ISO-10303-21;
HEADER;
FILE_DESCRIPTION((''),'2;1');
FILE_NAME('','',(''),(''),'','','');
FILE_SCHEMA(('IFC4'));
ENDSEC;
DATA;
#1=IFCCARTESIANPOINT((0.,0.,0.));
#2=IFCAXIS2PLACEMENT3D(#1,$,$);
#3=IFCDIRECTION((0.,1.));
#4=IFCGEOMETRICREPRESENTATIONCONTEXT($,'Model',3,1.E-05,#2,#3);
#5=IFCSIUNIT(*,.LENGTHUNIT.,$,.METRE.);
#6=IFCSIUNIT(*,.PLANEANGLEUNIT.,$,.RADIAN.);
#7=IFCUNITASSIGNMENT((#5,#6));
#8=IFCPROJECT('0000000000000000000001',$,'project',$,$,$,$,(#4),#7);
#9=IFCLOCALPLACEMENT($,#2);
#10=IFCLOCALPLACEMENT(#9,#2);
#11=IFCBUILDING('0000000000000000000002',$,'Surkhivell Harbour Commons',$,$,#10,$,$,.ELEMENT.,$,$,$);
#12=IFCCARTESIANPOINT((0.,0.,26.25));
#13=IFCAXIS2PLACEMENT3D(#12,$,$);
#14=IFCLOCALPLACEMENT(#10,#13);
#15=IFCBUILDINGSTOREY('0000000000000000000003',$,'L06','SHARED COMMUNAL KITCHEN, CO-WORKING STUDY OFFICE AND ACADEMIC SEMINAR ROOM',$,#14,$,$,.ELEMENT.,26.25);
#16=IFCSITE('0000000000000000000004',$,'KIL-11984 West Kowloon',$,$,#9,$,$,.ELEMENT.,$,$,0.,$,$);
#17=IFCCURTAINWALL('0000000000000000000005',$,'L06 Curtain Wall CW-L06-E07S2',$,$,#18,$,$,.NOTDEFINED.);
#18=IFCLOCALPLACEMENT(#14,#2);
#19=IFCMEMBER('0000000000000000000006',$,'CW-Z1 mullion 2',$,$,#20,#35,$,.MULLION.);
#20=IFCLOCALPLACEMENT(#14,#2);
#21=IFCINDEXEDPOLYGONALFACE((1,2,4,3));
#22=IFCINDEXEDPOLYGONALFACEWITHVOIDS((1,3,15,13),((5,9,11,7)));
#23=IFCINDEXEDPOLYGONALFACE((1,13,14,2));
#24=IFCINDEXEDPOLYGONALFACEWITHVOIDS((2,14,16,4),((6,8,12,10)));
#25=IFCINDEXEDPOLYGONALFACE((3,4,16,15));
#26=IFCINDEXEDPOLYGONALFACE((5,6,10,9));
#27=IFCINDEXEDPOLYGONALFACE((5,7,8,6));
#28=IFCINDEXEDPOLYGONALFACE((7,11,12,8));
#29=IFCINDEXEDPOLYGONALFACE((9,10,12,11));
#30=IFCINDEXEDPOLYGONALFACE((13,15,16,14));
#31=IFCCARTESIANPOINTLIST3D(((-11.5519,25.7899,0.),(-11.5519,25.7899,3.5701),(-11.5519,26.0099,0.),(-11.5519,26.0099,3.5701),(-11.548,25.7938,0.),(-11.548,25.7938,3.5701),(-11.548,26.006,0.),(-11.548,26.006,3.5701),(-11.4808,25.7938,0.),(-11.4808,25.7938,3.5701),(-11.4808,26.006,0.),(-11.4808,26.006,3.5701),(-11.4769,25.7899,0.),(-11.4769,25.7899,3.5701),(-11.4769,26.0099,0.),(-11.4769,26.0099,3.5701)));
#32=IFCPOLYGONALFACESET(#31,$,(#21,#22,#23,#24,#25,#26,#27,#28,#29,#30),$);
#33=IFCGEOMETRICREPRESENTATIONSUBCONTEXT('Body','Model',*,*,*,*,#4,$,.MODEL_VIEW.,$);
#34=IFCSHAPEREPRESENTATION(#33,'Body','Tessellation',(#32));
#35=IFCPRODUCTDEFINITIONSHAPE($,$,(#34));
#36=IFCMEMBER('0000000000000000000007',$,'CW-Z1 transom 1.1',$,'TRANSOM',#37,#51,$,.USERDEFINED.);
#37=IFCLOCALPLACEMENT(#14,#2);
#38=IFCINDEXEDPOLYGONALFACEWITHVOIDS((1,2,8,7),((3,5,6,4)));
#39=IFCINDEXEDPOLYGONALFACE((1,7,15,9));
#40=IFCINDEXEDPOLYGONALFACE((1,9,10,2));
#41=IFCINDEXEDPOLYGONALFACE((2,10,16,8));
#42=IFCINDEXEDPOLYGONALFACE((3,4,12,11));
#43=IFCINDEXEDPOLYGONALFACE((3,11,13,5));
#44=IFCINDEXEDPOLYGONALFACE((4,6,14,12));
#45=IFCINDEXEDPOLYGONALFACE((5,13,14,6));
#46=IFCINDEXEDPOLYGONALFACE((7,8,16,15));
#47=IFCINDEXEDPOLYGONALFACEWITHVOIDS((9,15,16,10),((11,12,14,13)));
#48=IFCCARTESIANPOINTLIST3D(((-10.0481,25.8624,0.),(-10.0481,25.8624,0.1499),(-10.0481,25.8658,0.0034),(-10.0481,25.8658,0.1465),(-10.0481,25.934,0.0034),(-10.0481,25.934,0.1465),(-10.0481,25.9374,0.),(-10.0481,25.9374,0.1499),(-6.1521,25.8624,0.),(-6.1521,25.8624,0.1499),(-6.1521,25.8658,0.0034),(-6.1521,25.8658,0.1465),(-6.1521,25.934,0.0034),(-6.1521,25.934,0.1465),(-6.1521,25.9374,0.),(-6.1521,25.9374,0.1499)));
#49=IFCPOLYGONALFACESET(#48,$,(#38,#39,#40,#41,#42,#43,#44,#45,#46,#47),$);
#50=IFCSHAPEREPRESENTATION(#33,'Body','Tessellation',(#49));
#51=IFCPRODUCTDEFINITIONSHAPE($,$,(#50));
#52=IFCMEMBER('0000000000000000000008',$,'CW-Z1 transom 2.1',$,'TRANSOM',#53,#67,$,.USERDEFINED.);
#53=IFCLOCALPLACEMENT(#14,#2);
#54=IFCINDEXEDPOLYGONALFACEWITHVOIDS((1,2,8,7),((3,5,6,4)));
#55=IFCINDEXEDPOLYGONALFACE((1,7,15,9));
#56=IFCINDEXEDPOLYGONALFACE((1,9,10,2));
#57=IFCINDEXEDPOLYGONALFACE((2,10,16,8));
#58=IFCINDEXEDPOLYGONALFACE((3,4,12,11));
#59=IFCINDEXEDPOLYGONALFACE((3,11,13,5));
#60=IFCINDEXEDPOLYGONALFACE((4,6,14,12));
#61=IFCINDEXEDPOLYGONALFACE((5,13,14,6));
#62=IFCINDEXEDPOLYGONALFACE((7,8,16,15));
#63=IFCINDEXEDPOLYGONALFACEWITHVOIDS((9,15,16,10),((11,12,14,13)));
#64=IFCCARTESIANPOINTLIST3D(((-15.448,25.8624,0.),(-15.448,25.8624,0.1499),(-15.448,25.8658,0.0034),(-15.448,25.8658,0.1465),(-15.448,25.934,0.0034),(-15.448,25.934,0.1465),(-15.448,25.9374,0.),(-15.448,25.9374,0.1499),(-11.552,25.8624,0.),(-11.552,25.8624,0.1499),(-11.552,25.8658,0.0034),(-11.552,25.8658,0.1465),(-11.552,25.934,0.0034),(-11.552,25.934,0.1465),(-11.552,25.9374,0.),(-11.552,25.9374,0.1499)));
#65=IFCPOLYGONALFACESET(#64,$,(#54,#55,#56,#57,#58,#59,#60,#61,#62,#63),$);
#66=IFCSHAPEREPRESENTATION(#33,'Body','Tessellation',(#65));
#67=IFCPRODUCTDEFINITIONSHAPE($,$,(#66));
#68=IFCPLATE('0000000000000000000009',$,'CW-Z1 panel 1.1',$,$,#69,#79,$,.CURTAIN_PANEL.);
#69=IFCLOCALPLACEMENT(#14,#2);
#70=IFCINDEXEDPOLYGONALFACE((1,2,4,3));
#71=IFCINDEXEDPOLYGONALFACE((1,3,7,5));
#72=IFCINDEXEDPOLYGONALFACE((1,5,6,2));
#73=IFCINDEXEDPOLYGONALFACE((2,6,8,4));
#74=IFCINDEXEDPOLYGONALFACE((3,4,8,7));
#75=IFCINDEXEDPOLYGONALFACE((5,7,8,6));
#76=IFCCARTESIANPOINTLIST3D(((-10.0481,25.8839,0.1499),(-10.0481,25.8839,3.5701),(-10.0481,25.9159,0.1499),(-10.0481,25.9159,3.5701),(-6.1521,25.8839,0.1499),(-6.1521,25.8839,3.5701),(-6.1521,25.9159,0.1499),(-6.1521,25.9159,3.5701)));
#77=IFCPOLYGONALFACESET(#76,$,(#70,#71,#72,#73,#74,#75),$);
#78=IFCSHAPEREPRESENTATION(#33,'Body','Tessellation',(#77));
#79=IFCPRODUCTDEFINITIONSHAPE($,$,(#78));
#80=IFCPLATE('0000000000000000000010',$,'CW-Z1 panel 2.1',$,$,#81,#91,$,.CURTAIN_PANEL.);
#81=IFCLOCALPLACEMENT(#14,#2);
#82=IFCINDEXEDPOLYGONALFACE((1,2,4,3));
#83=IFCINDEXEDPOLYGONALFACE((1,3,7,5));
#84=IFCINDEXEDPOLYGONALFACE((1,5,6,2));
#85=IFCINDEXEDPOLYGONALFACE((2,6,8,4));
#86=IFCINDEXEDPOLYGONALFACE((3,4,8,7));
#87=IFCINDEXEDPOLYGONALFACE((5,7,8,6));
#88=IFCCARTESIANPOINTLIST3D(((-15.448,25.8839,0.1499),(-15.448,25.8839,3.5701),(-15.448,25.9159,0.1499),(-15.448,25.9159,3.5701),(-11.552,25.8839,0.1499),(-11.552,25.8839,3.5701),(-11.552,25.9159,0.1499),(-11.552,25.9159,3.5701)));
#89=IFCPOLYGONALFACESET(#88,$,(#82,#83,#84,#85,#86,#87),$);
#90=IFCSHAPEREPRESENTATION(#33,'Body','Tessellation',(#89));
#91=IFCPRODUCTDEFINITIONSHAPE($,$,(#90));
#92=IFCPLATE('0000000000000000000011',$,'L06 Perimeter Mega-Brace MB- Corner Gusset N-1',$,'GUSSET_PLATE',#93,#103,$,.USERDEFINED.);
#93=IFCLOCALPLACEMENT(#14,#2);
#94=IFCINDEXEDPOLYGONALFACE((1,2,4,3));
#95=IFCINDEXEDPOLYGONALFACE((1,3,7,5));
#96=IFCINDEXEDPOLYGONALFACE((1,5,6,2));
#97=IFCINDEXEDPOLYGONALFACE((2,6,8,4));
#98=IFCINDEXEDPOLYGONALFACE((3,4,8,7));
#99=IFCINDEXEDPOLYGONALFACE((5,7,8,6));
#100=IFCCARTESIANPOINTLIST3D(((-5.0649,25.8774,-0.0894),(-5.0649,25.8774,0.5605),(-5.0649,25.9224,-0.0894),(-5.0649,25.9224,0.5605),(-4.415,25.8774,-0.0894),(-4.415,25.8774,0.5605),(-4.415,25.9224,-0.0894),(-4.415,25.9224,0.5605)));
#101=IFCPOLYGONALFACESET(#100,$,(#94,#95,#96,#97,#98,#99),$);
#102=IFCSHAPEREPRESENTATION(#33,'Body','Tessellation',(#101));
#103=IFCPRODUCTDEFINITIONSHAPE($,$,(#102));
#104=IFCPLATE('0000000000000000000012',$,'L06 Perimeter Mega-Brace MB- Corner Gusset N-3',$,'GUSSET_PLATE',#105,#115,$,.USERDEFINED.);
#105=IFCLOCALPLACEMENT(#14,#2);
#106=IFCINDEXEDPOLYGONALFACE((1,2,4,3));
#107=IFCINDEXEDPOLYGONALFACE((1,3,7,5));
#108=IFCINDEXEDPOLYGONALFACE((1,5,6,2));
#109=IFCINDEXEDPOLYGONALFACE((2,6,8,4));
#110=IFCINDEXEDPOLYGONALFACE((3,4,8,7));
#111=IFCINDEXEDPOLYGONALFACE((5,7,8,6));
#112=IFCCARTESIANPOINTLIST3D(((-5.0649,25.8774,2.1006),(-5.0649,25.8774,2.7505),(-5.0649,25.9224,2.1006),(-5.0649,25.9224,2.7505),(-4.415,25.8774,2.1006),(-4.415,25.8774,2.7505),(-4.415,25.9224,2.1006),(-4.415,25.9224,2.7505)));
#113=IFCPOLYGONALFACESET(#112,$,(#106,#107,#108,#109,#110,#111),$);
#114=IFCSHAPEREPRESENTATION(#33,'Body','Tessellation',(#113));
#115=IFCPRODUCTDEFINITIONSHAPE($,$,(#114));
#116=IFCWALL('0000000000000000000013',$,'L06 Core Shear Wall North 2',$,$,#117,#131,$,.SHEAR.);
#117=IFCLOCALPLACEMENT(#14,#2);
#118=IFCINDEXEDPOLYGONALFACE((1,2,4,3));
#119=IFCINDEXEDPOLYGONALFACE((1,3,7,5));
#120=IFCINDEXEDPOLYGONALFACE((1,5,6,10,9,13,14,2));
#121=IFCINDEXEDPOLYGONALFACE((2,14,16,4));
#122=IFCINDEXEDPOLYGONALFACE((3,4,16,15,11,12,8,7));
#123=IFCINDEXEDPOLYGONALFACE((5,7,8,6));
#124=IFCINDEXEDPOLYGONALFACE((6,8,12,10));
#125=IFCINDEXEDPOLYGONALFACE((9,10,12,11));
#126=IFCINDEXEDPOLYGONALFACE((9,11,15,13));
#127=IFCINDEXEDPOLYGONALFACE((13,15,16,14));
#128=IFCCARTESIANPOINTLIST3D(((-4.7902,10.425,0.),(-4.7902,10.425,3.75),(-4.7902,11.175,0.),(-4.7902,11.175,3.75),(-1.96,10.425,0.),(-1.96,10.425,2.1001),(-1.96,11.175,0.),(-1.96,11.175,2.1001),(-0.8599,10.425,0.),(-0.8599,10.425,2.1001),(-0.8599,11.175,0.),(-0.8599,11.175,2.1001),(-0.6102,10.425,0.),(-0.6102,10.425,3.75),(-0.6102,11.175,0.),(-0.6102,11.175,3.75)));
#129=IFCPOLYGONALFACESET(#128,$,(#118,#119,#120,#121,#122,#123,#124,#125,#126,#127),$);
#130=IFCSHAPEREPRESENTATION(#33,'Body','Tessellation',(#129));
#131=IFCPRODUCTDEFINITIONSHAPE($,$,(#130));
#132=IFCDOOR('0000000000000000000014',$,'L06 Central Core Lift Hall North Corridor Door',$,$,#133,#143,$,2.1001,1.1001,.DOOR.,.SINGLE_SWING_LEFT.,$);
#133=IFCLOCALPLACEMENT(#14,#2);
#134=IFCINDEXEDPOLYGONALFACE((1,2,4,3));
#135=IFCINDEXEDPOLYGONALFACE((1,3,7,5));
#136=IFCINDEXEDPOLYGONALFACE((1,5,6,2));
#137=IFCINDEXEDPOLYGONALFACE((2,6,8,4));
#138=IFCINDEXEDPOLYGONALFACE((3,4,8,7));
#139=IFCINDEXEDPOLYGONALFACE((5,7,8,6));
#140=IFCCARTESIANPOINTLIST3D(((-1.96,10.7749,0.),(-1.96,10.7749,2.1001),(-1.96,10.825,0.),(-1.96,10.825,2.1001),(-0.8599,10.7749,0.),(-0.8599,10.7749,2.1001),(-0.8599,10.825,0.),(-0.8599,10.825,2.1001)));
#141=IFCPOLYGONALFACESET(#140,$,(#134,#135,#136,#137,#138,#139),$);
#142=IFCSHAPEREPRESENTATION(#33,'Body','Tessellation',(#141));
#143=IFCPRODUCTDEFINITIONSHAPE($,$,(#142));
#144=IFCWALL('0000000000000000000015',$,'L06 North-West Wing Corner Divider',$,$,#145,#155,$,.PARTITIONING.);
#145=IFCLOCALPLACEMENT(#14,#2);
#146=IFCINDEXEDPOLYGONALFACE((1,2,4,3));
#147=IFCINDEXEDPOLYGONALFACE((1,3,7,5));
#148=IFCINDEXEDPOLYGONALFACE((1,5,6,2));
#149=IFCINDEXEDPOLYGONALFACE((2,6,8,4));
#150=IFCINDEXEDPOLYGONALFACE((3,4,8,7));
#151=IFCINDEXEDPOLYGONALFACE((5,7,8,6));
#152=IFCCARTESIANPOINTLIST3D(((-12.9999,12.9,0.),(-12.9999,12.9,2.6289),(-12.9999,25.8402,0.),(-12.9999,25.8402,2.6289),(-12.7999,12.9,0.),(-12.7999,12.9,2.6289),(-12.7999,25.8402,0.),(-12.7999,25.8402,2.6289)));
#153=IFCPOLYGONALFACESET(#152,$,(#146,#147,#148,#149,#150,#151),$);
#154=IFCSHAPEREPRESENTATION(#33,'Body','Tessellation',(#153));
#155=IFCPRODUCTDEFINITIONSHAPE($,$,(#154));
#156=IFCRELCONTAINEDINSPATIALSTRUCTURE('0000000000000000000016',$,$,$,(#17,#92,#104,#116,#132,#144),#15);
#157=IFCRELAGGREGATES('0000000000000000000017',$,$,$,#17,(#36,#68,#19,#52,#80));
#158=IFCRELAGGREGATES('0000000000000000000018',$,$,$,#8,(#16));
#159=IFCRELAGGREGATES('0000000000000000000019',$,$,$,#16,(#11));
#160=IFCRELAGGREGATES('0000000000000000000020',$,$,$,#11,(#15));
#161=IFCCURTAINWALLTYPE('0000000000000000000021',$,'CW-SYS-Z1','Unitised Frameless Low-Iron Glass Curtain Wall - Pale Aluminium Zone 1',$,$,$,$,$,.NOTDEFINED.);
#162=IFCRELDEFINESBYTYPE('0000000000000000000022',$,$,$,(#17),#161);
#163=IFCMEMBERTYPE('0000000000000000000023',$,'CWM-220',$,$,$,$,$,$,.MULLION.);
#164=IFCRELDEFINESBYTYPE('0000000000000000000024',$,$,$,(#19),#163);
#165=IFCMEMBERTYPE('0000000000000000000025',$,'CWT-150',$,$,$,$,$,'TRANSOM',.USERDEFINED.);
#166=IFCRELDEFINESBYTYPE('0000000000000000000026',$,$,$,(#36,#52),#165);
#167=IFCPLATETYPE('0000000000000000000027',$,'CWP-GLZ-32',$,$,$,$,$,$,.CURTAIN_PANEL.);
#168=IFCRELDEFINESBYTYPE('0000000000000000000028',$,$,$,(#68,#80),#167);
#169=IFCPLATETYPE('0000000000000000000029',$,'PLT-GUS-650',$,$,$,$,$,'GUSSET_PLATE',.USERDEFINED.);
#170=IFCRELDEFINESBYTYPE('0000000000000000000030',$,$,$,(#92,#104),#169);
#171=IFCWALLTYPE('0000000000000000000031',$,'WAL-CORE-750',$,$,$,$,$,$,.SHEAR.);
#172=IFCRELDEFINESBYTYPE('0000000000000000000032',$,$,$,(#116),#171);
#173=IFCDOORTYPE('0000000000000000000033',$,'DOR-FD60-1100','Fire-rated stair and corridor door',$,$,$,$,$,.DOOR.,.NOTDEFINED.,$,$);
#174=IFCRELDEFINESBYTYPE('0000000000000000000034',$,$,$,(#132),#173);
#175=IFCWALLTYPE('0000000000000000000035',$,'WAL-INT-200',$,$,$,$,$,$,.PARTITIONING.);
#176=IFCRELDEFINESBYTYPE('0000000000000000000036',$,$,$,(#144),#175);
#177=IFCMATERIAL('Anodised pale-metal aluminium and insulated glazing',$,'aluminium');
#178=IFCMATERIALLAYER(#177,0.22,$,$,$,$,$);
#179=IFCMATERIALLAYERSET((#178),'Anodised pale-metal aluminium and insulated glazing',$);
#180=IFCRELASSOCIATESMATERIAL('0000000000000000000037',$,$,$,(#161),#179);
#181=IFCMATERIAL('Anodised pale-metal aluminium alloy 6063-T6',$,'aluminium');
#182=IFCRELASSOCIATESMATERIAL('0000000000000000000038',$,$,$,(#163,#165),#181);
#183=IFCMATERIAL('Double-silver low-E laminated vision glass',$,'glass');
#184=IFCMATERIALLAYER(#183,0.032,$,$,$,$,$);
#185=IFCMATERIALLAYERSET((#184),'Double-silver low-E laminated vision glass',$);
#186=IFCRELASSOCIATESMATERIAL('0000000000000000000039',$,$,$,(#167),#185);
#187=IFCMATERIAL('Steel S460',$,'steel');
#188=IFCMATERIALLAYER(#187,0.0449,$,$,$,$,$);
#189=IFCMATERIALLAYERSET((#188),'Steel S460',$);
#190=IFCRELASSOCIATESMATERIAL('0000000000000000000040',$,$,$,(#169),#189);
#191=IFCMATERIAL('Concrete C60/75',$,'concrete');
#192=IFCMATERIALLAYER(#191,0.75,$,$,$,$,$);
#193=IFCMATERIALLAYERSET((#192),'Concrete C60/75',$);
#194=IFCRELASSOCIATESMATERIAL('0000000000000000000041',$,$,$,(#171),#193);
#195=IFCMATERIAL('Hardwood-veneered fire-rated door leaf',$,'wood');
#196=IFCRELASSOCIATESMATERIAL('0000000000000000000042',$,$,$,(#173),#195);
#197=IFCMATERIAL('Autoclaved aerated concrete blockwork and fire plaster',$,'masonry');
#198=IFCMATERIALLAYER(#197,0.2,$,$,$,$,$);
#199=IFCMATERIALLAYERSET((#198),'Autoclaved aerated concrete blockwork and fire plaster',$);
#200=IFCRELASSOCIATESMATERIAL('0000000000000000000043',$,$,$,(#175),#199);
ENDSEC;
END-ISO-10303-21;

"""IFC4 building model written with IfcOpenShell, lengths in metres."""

from ifc_helpers import new_model, si_unit, direction, frame, frame_2d, origin, origin_2d, place, context, subcontext, project, spatial, rectangle, hollow_rectangle, extrude, material, layer, layer_set, material_profile, profile_set, type_object, element, fill, aggregate, save


model = new_model("IFC4")

# Units and contexts
model_context = context("Model", 3, precision=1e-05, world=origin(), true_north=direction((0.0, 1.0)))
body_context = subcontext(model_context, "Body", "Model", "MODEL_VIEW")
ifc_project = project(units=[si_unit("LENGTHUNIT", "METRE"), si_unit("PLANEANGLEUNIT", "RADIAN")], contexts=[model_context])

# Site, building, storey
site_placement = place(None, origin())
site = spatial("IfcSite", under=ifc_project, at=site_placement, Name="KIL-11984 West Kowloon", CompositionType="ELEMENT", RefElevation=0.0)
building_placement = place(site_placement, origin())
building = spatial("IfcBuilding", under=site, at=building_placement, Name="Surkhivell Harbour Commons", CompositionType="ELEMENT")
storey_placement = place(building_placement, frame((0.0, 0.0, 26.25)))
storey = spatial("IfcBuildingStorey", under=building, at=storey_placement, Name="L06", Description="SHARED COMMUNAL KITCHEN, CO-WORKING STUDY OFFICE AND ACADEMIC SEMINAR ROOM", CompositionType="ELEMENT", Elevation=26.25)

# Shared definitions
ifc_material_1 = material(Name="Steel S460", Category="steel")

# Curtain wall, members, plates
ifc_material_2 = material(Name="Anodised pale-metal aluminium and insulated glazing", Category="aluminium")
ifc_layer_1 = layer(ifc_material_2, 0.22)
ifc_layer_set_1 = layer_set([ifc_layer_1], Name="Anodised pale-metal aluminium and insulated glazing")
curtain_wall_type = type_object("IfcCurtainWallType", Name="CW-SYS-Z1", Description="Unitised Frameless Low-Iron Glass Curtain Wall - Pale Aluminium Zone 1", PredefinedType="NOTDEFINED", material=ifc_layer_set_1)
curtain_wall_placement = place(storey_placement, origin())
curtain_wall = element("IfcCurtainWall", 1, at=curtain_wall_placement, inside=storey, type_object=curtain_wall_type, Name="L06 Curtain Wall CW-L06-E07S2", PredefinedType="NOTDEFINED")
ifc_material_3 = material(Name="Anodised pale-metal aluminium alloy 6063-T6", Category="aluminium")
ifc_material_profile_1 = material_profile(ifc_material_3, hollow_rectangle(XDim=0.075, YDim=0.22, WallThickness=0.0039, at=origin_2d()), Name="ALU-MULL-75x220")
ifc_profile_set_1 = profile_set([ifc_material_profile_1], Name="Anodised pale-metal aluminium alloy 6063-T6")
member_type_1 = type_object("IfcMemberType", Name="CWM-220", PredefinedType="MULLION", material=ifc_profile_set_1)
member_1_placement = place(storey_placement, frame((-11.5144, 25.8999, 0.0), z_axis=(0.0, 0.0, 1.0), x_axis=(-1.0, 0.0, 0.0)))
member_1 = element("IfcMember", 2, at=member_1_placement, type_object=member_type_1, Name="CW-Z1 mullion 2", PredefinedType="MULLION", context=body_context, shape_type="SweptSolid", body=[
    extrude(hollow_rectangle(XDim=0.075, YDim=0.22, WallThickness=0.0039, at=origin_2d()), origin(), (0.0, 0.0, 1.0), 3.5701),
])
ifc_material_profile_2 = material_profile(ifc_material_3, hollow_rectangle(XDim=0.075, YDim=0.1499, WallThickness=0.0034, at=origin_2d()), Name="ALU-TRAN-75x150")
ifc_profile_set_2 = profile_set([ifc_material_profile_2], Name="Anodised pale-metal aluminium alloy 6063-T6")
member_type_2 = type_object("IfcMemberType", Name="CWT-150", ElementType="TRANSOM", PredefinedType="USERDEFINED", material=ifc_profile_set_2)
member_2_placement = place(storey_placement, frame((-6.1521, 25.8999, 0.075), z_axis=(-1.0, 0.0, 0.0), x_axis=(0.0, -1.0, 0.0)))
member_2 = element("IfcMember", 3, at=member_2_placement, type_object=member_type_2, Name="CW-Z1 transom 1.1", ObjectType="TRANSOM", PredefinedType="USERDEFINED", context=body_context, shape_type="SweptSolid", body=[
    extrude(hollow_rectangle(XDim=0.075, YDim=0.1499, WallThickness=0.0034, at=origin_2d()), origin(), (0.0, 0.0, 1.0), 3.896),
])
member_3_placement = place(storey_placement, frame((-11.552, 25.8999, 0.075), z_axis=(-1.0, 0.0, 0.0), x_axis=(0.0, -1.0, 0.0)))
member_3 = element("IfcMember", 4, at=member_3_placement, type_object=member_type_2, Name="CW-Z1 transom 2.1", ObjectType="TRANSOM", PredefinedType="USERDEFINED", context=body_context, shape_type="SweptSolid", body=[
    extrude(hollow_rectangle(XDim=0.075, YDim=0.1499, WallThickness=0.0034, at=origin_2d()), origin(), (0.0, 0.0, 1.0), 3.896),
])
ifc_material_4 = material(Name="Double-silver low-E laminated vision glass", Category="glass")
ifc_layer_2 = layer(ifc_material_4, 0.032)
ifc_layer_set_2 = layer_set([ifc_layer_2], Name="Double-silver low-E laminated vision glass")
plate_type_1 = type_object("IfcPlateType", Name="CWP-GLZ-32", PredefinedType="CURTAIN_PANEL", material=ifc_layer_set_2)
plate_1_placement = place(storey_placement, frame((-6.1521, 25.8999, 0.1499), z_axis=(0.0, 0.0, 1.0), x_axis=(-1.0, 0.0, 0.0)))
plate_1 = element("IfcPlate", 5, at=plate_1_placement, type_object=plate_type_1, Name="CW-Z1 panel 1.1", PredefinedType="CURTAIN_PANEL", context=body_context, shape_type="SweptSolid", body=[
    extrude(rectangle(XDim=3.896, YDim=0.032, at=frame_2d((1.948, 0.0))), origin(), (0.0, 0.0, 1.0), 3.4202),
])
plate_2_placement = place(storey_placement, frame((-11.552, 25.8999, 0.1499), z_axis=(0.0, 0.0, 1.0), x_axis=(-1.0, 0.0, 0.0)))
plate_2 = element("IfcPlate", 6, at=plate_2_placement, type_object=plate_type_1, Name="CW-Z1 panel 2.1", PredefinedType="CURTAIN_PANEL", context=body_context, shape_type="SweptSolid", body=[
    extrude(rectangle(XDim=3.896, YDim=0.032, at=frame_2d((1.948, 0.0))), origin(), (0.0, 0.0, 1.0), 3.4202),
])
aggregate(curtain_wall, [member_2, plate_1, member_1, member_3, plate_2])

# Plates
ifc_layer_3 = layer(ifc_material_1, 0.0449)
ifc_layer_set_3 = layer_set([ifc_layer_3], Name="Steel S460")
plate_type_2 = type_object("IfcPlateType", Name="PLT-GUS-650", ElementType="GUSSET_PLATE", PredefinedType="USERDEFINED", material=ifc_layer_set_3)
for number, where, z_axis, x_axis, name in (
    (7, (-4.74, 25.8999, -0.0894), (0.0, 0.0, 1.0), (1.0, 0.0, 0.0), "L06 Perimeter Mega-Brace MB- Corner Gusset N-1"),
    (8, (-4.74, 25.8999, 2.1006), (0.0, 0.0, 1.0), (1.0, 0.0, 0.0), "L06 Perimeter Mega-Brace MB- Corner Gusset N-3"),
):
    element("IfcPlate", number, at=place(storey_placement, frame(where, z_axis=z_axis, x_axis=x_axis)), inside=storey, type_object=plate_type_2, Name=name, ObjectType="GUSSET_PLATE", PredefinedType="USERDEFINED", context=body_context, shape_type="SweptSolid", body=[
        extrude(rectangle(XDim=0.6499, YDim=0.0449, at=origin_2d()), origin(), (0.0, 0.0, 1.0), 0.6499),
    ])

# Wall, opening, door
ifc_material_5 = material(Name="Concrete C60/75", Category="concrete")
ifc_layer_4 = layer(ifc_material_5, 0.75)
ifc_layer_set_4 = layer_set([ifc_layer_4], Name="Concrete C60/75")
wall_type_1 = type_object("IfcWallType", Name="WAL-CORE-750", PredefinedType="SHEAR", material=ifc_layer_set_4)
wall_1_placement = place(storey_placement, frame((-4.79, 10.8, 0.0), z_axis=(0.0, 0.0, 1.0), x_axis=(1.0, 0.0, 0.0)))
wall_1 = element("IfcWall", 9, at=wall_1_placement, inside=storey, type_object=wall_type_1, Name="L06 Core Shear Wall North 2", PredefinedType="SHEAR", context=body_context, shape_type="SweptSolid", body=[
    extrude(rectangle(XDim=4.1799, YDim=0.75, at=frame_2d((2.0898, 0.0))), origin(), (0.0, 0.0, 1.0), 3.75),
])
opening_1_placement = place(wall_1_placement, frame((2.8301, 0.0, 0.0)))
opening_1 = element("IfcOpeningElement", 10, at=opening_1_placement, cuts=wall_1, PredefinedType="OPENING", context=body_context, shape_type="SweptSolid", body=[
    extrude(rectangle(XDim=1.1001, YDim=2.1001, at=frame_2d((0.55, 1.05))), frame((0.0, 0.385, 0.0), z_axis=(0.0, -1.0, 0.0), x_axis=(1.0, 0.0, 0.0)), (0.0, 0.0, 1.0), 0.77),
])
ifc_material_6 = material(Name="Hardwood-veneered fire-rated door leaf", Category="wood")
door_type_1 = type_object("IfcDoorType", Name="DOR-FD60-1100", Description="Fire-rated stair and corridor door", OperationType="NOTDEFINED", PredefinedType="DOOR", material=ifc_material_6)
door_1_placement = place(opening_1_placement, origin())
door_1 = element("IfcDoor", 11, at=door_1_placement, inside=storey, type_object=door_type_1, Name="L06 Central Core Lift Hall North Corridor Door", OperationType="SINGLE_SWING_LEFT", OverallHeight=2.1001, OverallWidth=1.1001, PredefinedType="DOOR", context=body_context, shape_type="SweptSolid", body=[
    extrude(rectangle(XDim=1.1001, YDim=2.1001, at=frame_2d((0.55, 1.05))), frame((0.0, 0.0249, 0.0), z_axis=(0.0, -1.0, 0.0), x_axis=(1.0, 0.0, 0.0)), (0.0, 0.0, 1.0), 0.05),
])
fill(opening_1, door_1)

# Wall
ifc_material_7 = material(Name="Autoclaved aerated concrete blockwork and fire plaster", Category="masonry")
ifc_layer_5 = layer(ifc_material_7, 0.2)
ifc_layer_set_5 = layer_set([ifc_layer_5], Name="Autoclaved aerated concrete blockwork and fire plaster")
wall_type_2 = type_object("IfcWallType", Name="WAL-INT-200", PredefinedType="PARTITIONING", material=ifc_layer_set_5)
wall_2_placement = place(storey_placement, frame((-12.8999, 12.8999, 0.0), z_axis=(0.0, 0.0, 1.0), x_axis=(0.0, 1.0, 0.0)))
element("IfcWall", 12, at=wall_2_placement, inside=storey, type_object=wall_type_2, Name="L06 North-West Wing Corner Divider", PredefinedType="PARTITIONING", context=body_context, shape_type="SweptSolid", body=[
    extrude(rectangle(XDim=12.9402, YDim=0.2, at=frame_2d((6.4702, 0.0))), origin(), (0.0, 0.0, 1.0), 2.6289),
])

save(model, "model.ifc")
